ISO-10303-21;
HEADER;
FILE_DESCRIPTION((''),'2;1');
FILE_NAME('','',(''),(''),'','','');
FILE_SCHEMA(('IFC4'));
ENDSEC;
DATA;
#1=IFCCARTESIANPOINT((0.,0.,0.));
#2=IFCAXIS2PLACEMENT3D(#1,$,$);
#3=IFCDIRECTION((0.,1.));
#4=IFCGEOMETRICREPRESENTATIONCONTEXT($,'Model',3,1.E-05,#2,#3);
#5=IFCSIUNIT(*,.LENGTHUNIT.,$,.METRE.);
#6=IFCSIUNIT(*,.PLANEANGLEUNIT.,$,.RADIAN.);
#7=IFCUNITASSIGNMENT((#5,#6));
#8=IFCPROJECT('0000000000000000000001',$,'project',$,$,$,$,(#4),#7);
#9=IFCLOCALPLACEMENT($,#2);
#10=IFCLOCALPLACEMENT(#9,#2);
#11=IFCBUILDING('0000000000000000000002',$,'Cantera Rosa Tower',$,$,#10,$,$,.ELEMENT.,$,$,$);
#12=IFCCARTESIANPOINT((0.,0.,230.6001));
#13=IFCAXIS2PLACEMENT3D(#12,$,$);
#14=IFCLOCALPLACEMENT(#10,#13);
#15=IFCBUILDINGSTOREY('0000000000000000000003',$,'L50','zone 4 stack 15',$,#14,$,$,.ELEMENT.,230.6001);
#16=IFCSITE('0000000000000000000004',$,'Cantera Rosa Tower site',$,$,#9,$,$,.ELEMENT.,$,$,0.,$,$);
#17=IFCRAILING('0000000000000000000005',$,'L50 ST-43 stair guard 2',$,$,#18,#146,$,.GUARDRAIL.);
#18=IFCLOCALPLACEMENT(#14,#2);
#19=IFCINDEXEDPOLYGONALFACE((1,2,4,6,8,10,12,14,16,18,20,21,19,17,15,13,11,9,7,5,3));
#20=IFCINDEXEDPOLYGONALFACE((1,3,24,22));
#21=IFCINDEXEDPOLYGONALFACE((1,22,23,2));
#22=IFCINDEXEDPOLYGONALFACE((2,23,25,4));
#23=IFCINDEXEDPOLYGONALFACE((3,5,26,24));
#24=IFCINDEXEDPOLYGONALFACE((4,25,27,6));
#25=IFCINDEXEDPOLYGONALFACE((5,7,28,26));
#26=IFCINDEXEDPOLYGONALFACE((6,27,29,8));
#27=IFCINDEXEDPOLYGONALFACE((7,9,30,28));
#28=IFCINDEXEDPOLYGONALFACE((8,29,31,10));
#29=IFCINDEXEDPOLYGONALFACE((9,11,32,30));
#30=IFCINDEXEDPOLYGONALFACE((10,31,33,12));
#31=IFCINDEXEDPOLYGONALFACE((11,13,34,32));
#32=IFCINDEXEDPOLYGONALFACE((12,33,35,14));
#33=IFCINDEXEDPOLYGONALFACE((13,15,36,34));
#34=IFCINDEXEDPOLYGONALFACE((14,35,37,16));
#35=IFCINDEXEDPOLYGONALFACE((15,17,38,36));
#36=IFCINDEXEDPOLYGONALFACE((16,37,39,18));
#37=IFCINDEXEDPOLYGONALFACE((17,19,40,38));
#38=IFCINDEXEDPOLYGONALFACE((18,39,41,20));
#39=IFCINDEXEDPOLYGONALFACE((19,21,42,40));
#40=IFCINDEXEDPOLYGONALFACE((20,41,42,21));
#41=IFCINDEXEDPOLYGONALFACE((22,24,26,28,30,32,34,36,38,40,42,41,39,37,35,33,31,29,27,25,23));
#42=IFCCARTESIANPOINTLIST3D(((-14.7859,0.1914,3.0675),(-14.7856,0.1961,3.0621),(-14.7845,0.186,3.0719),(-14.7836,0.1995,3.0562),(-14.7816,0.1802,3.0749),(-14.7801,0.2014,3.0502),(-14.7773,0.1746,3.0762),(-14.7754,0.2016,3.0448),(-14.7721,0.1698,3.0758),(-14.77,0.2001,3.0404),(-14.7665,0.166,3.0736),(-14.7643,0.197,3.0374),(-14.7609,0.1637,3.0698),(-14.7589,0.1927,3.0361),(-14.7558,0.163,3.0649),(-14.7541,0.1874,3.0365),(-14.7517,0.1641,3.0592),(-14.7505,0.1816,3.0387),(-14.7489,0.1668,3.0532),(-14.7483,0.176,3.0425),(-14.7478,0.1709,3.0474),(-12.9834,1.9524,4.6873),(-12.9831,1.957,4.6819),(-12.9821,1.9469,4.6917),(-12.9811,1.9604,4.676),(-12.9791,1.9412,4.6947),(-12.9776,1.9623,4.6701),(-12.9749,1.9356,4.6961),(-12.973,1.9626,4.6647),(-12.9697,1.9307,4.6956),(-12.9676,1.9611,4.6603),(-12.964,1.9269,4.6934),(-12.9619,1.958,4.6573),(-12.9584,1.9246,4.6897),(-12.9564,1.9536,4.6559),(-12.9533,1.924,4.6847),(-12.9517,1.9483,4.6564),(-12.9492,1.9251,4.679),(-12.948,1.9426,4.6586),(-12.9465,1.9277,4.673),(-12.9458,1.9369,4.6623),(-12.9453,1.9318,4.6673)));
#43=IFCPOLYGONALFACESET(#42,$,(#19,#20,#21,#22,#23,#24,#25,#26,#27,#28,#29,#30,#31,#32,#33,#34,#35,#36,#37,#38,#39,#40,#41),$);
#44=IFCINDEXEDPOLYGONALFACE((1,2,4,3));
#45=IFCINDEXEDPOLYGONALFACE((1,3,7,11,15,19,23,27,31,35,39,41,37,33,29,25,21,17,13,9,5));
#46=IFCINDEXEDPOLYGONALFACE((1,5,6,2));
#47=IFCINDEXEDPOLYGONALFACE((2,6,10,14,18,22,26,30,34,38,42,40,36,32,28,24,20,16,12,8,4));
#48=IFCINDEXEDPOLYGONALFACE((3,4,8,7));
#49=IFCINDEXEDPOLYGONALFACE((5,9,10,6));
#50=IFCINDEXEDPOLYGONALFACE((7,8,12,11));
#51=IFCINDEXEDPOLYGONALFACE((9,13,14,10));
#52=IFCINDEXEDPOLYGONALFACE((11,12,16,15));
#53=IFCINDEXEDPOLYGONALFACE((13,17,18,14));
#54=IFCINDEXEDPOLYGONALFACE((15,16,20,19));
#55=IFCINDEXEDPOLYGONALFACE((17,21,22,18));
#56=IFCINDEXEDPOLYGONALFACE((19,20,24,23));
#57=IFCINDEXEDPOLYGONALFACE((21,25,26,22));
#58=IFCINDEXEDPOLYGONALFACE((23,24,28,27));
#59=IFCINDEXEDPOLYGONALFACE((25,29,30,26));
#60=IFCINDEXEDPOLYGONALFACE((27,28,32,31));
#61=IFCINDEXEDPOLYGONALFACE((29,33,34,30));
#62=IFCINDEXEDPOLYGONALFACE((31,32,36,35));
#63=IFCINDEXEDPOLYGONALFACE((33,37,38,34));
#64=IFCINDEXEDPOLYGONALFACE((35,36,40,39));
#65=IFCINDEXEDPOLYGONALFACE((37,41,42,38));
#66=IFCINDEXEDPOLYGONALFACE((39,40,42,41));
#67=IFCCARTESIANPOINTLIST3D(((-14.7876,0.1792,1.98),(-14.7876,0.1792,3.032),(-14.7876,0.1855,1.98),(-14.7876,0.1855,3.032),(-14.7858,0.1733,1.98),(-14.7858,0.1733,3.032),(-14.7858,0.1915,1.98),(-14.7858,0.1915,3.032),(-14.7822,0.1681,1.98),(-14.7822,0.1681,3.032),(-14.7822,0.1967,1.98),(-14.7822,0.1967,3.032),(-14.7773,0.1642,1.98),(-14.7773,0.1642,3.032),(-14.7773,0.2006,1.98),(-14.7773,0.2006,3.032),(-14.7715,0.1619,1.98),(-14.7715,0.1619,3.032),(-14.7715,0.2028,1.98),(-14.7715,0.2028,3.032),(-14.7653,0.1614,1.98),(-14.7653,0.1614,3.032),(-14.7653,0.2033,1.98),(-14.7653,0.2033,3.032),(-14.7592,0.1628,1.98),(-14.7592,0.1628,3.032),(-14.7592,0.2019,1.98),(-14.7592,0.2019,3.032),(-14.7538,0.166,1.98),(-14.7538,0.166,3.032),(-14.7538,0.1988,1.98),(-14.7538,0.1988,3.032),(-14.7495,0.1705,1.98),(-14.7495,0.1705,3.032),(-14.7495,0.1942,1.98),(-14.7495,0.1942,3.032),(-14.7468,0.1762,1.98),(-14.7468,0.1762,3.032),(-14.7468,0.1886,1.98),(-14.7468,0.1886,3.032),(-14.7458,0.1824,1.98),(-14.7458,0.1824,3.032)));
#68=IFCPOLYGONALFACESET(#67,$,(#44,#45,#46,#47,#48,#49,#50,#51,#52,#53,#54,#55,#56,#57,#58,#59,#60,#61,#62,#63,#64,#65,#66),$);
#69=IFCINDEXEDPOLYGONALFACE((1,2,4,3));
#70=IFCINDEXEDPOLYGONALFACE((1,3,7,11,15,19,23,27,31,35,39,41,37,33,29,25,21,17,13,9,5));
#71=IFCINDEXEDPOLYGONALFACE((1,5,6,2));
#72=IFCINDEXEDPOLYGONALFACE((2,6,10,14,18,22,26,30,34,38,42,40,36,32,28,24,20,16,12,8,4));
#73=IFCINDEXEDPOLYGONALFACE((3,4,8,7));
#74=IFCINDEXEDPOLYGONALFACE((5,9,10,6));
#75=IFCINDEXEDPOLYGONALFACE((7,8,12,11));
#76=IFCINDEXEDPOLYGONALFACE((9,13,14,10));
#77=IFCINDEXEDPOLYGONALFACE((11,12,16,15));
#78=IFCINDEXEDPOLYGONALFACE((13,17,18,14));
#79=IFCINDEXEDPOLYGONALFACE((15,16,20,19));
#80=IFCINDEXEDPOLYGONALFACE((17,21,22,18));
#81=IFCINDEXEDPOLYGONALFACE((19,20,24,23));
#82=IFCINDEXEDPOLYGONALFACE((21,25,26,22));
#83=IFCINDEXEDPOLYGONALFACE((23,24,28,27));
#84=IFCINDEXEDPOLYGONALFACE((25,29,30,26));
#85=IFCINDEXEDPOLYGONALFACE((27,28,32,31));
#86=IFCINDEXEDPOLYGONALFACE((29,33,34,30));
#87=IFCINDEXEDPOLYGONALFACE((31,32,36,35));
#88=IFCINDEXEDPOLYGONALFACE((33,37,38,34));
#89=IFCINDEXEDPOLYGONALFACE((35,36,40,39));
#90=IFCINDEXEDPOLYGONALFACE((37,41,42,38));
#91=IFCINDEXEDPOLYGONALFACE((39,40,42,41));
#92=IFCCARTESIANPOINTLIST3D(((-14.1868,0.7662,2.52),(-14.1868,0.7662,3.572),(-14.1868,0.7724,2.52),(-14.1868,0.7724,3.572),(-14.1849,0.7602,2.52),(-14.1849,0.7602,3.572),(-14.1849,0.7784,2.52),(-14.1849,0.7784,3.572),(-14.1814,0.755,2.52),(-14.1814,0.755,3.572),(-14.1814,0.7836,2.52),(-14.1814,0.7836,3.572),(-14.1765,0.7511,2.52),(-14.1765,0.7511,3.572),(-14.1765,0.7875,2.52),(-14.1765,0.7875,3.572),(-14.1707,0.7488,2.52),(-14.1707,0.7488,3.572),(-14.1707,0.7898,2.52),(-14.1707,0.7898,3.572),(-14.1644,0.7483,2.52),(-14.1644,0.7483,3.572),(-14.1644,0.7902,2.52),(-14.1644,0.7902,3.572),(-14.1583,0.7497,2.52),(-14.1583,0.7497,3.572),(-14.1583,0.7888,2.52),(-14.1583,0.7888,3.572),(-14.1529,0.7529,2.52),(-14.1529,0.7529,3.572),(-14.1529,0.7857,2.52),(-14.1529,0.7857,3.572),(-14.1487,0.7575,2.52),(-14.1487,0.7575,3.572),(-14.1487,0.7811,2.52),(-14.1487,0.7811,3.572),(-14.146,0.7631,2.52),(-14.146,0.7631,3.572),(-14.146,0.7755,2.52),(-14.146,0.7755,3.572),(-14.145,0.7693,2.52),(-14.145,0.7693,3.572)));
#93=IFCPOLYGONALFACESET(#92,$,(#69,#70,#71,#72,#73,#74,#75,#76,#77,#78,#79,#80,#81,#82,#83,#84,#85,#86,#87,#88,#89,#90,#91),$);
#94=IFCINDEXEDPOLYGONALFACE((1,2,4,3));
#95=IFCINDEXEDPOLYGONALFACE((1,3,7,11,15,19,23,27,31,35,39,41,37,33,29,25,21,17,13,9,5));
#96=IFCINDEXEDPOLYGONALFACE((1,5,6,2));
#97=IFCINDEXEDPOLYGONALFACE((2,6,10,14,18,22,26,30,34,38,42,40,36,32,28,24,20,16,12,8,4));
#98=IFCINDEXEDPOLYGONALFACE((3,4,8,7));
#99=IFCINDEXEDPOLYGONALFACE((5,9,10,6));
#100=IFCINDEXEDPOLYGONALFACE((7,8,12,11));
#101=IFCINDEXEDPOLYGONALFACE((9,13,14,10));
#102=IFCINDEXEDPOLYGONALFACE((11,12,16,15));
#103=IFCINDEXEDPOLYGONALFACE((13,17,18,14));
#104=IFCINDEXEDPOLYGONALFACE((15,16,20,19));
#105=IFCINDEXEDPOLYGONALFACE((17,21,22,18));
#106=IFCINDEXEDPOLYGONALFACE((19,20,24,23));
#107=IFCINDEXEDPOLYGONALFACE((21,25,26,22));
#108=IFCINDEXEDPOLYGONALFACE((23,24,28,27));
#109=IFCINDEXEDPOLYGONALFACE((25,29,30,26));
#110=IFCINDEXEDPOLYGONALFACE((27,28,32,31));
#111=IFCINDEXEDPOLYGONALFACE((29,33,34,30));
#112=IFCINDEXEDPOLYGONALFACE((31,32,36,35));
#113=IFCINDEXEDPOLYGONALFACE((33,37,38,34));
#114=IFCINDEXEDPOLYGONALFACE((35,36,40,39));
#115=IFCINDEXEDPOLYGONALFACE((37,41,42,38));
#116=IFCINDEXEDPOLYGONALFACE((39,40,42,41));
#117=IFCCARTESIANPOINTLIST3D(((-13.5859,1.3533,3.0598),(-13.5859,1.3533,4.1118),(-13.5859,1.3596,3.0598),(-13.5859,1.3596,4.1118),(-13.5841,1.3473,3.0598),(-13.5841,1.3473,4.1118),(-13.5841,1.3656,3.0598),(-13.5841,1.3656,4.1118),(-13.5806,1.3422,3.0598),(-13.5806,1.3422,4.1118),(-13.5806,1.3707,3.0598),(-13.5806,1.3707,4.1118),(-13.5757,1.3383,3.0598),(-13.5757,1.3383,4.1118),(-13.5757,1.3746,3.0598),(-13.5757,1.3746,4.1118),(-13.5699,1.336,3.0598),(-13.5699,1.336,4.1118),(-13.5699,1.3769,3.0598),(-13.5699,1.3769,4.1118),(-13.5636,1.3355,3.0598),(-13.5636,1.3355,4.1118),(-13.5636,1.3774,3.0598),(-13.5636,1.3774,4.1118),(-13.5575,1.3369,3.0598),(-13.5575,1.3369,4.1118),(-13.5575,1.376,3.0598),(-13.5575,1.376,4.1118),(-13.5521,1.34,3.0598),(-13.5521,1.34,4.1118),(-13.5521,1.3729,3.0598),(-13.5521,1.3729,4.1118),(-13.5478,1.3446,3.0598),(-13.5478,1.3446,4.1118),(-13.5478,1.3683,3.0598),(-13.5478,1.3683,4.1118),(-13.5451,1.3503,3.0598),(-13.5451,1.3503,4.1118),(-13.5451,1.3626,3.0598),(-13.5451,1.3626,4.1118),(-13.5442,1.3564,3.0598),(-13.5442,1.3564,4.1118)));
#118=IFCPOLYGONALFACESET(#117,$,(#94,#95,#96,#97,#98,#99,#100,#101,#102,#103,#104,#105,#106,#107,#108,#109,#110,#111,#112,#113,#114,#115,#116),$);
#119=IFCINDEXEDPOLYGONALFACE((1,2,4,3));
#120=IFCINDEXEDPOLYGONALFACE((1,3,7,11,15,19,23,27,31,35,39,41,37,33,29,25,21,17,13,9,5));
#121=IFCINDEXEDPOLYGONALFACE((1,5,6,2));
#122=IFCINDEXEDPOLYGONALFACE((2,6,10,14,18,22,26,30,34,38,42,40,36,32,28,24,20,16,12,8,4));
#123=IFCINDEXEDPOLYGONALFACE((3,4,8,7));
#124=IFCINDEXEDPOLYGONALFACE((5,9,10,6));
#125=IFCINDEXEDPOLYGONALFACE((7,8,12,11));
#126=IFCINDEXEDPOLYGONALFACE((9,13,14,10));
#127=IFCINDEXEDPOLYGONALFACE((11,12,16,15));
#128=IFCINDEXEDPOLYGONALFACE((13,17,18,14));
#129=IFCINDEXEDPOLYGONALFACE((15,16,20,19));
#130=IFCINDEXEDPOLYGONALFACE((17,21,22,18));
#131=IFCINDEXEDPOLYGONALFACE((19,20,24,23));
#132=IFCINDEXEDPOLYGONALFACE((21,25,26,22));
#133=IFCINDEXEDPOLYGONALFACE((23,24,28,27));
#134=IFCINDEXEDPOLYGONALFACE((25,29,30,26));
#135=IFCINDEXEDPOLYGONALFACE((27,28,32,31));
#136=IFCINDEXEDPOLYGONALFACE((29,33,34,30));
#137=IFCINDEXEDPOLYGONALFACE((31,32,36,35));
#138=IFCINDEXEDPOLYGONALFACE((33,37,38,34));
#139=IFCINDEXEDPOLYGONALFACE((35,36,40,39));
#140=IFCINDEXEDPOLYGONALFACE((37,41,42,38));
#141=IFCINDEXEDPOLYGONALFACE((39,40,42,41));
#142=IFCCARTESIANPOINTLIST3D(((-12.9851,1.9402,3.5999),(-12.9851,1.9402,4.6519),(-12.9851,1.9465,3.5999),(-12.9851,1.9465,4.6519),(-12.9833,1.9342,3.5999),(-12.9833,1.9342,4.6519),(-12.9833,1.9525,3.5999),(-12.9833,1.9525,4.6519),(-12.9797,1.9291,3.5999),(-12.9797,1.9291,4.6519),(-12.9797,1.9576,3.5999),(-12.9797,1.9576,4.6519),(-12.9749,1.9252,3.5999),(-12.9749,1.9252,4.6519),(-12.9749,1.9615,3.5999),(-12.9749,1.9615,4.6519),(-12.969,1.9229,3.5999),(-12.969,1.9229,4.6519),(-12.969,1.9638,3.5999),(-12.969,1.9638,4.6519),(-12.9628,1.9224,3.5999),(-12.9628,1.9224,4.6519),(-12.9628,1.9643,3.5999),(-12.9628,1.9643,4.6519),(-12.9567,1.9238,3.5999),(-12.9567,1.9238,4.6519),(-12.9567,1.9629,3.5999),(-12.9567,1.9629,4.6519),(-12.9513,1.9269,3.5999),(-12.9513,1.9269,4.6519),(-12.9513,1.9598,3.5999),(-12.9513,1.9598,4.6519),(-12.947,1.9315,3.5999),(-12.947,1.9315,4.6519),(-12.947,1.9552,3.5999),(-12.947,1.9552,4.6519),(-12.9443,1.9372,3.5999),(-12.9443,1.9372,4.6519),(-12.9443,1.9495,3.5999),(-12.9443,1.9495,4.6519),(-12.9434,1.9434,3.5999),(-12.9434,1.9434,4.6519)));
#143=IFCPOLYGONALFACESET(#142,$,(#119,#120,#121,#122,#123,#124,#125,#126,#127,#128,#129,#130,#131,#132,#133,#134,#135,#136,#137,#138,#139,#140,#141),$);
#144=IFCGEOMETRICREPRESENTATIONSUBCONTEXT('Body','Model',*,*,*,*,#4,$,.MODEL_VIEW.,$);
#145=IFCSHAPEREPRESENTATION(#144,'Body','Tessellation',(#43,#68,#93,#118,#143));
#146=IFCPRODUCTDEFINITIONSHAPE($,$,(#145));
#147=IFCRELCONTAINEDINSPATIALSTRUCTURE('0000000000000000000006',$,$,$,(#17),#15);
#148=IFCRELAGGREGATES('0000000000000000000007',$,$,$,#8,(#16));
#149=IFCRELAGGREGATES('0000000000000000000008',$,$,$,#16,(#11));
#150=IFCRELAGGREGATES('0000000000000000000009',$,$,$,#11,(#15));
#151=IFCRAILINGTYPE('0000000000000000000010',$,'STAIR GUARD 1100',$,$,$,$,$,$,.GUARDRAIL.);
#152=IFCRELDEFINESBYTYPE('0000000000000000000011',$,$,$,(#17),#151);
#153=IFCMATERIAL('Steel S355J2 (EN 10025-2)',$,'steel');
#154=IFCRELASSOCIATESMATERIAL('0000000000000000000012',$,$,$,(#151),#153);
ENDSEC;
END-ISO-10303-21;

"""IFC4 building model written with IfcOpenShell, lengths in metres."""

from ifc_helpers import new_model, si_unit, direction, frame, origin, origin_2d, place, context, subcontext, project, spatial, circle, extrude, material, type_object, element, save


model = new_model("IFC4")

# Units and contexts
model_context = context("Model", 3, precision=1e-05, world=origin(), true_north=direction((0.0, 1.0)))
body_context = subcontext(model_context, "Body", "Model", "MODEL_VIEW")
ifc_project = project(units=[si_unit("LENGTHUNIT", "METRE"), si_unit("PLANEANGLEUNIT", "RADIAN")], contexts=[model_context])

# Site, building, storey
site_placement = place(None, origin())
site = spatial("IfcSite", under=ifc_project, at=site_placement, Name="Cantera Rosa Tower site", CompositionType="ELEMENT", RefElevation=0.0)
building_placement = place(site_placement, origin())
building = spatial("IfcBuilding", under=site, at=building_placement, Name="Cantera Rosa Tower", CompositionType="ELEMENT")
storey_placement = place(building_placement, frame((0.0, 0.0, 230.6001)))
storey = spatial("IfcBuildingStorey", under=building, at=storey_placement, Name="L50", Description="zone 4 stack 15", CompositionType="ELEMENT", Elevation=230.6001)

# Railing
ifc_material_1 = material(Name="Steel S355J2 (EN 10025-2)", Category="steel")
railing_type_1 = type_object("IfcRailingType", Name="STAIR GUARD 1100", PredefinedType="GUARDRAIL", material=ifc_material_1)
railing_1_placement = place(storey_placement, frame((-14.7668, 0.1824, 1.98)))
element("IfcRailing", 1, at=railing_1_placement, inside=storey, type_object=railing_type_1, Name="L50 ST-43 stair guard 2", PredefinedType="GUARDRAIL", context=body_context, shape_type="SweptSolid", body=[
    extrude(circle(Radius=0.0239, at=origin_2d()), frame((0.0, 0.0, 1.0762), z_axis=(0.601699, 0.587844, 0.540738), x_axis=(-0.698824, 0.715294, 0.0)), (0.0, 0.0, 1.0), 2.9956),
    extrude(circle(Radius=0.021, at=origin_2d()), origin(), (0.0, 0.0, 1.0), 1.052),
    extrude(circle(Radius=0.021, at=origin_2d()), frame((0.6008, 0.5869, 0.54)), (0.0, 0.0, 1.0), 1.052),
    extrude(circle(Radius=0.021, at=origin_2d()), frame((1.2017, 1.1741, 1.0798)), (0.0, 0.0, 1.0), 1.052),
    extrude(circle(Radius=0.021, at=origin_2d()), frame((1.8025, 1.761, 1.6199)), (0.0, 0.0, 1.0), 1.052),
])

save(model, "model.ifc")
